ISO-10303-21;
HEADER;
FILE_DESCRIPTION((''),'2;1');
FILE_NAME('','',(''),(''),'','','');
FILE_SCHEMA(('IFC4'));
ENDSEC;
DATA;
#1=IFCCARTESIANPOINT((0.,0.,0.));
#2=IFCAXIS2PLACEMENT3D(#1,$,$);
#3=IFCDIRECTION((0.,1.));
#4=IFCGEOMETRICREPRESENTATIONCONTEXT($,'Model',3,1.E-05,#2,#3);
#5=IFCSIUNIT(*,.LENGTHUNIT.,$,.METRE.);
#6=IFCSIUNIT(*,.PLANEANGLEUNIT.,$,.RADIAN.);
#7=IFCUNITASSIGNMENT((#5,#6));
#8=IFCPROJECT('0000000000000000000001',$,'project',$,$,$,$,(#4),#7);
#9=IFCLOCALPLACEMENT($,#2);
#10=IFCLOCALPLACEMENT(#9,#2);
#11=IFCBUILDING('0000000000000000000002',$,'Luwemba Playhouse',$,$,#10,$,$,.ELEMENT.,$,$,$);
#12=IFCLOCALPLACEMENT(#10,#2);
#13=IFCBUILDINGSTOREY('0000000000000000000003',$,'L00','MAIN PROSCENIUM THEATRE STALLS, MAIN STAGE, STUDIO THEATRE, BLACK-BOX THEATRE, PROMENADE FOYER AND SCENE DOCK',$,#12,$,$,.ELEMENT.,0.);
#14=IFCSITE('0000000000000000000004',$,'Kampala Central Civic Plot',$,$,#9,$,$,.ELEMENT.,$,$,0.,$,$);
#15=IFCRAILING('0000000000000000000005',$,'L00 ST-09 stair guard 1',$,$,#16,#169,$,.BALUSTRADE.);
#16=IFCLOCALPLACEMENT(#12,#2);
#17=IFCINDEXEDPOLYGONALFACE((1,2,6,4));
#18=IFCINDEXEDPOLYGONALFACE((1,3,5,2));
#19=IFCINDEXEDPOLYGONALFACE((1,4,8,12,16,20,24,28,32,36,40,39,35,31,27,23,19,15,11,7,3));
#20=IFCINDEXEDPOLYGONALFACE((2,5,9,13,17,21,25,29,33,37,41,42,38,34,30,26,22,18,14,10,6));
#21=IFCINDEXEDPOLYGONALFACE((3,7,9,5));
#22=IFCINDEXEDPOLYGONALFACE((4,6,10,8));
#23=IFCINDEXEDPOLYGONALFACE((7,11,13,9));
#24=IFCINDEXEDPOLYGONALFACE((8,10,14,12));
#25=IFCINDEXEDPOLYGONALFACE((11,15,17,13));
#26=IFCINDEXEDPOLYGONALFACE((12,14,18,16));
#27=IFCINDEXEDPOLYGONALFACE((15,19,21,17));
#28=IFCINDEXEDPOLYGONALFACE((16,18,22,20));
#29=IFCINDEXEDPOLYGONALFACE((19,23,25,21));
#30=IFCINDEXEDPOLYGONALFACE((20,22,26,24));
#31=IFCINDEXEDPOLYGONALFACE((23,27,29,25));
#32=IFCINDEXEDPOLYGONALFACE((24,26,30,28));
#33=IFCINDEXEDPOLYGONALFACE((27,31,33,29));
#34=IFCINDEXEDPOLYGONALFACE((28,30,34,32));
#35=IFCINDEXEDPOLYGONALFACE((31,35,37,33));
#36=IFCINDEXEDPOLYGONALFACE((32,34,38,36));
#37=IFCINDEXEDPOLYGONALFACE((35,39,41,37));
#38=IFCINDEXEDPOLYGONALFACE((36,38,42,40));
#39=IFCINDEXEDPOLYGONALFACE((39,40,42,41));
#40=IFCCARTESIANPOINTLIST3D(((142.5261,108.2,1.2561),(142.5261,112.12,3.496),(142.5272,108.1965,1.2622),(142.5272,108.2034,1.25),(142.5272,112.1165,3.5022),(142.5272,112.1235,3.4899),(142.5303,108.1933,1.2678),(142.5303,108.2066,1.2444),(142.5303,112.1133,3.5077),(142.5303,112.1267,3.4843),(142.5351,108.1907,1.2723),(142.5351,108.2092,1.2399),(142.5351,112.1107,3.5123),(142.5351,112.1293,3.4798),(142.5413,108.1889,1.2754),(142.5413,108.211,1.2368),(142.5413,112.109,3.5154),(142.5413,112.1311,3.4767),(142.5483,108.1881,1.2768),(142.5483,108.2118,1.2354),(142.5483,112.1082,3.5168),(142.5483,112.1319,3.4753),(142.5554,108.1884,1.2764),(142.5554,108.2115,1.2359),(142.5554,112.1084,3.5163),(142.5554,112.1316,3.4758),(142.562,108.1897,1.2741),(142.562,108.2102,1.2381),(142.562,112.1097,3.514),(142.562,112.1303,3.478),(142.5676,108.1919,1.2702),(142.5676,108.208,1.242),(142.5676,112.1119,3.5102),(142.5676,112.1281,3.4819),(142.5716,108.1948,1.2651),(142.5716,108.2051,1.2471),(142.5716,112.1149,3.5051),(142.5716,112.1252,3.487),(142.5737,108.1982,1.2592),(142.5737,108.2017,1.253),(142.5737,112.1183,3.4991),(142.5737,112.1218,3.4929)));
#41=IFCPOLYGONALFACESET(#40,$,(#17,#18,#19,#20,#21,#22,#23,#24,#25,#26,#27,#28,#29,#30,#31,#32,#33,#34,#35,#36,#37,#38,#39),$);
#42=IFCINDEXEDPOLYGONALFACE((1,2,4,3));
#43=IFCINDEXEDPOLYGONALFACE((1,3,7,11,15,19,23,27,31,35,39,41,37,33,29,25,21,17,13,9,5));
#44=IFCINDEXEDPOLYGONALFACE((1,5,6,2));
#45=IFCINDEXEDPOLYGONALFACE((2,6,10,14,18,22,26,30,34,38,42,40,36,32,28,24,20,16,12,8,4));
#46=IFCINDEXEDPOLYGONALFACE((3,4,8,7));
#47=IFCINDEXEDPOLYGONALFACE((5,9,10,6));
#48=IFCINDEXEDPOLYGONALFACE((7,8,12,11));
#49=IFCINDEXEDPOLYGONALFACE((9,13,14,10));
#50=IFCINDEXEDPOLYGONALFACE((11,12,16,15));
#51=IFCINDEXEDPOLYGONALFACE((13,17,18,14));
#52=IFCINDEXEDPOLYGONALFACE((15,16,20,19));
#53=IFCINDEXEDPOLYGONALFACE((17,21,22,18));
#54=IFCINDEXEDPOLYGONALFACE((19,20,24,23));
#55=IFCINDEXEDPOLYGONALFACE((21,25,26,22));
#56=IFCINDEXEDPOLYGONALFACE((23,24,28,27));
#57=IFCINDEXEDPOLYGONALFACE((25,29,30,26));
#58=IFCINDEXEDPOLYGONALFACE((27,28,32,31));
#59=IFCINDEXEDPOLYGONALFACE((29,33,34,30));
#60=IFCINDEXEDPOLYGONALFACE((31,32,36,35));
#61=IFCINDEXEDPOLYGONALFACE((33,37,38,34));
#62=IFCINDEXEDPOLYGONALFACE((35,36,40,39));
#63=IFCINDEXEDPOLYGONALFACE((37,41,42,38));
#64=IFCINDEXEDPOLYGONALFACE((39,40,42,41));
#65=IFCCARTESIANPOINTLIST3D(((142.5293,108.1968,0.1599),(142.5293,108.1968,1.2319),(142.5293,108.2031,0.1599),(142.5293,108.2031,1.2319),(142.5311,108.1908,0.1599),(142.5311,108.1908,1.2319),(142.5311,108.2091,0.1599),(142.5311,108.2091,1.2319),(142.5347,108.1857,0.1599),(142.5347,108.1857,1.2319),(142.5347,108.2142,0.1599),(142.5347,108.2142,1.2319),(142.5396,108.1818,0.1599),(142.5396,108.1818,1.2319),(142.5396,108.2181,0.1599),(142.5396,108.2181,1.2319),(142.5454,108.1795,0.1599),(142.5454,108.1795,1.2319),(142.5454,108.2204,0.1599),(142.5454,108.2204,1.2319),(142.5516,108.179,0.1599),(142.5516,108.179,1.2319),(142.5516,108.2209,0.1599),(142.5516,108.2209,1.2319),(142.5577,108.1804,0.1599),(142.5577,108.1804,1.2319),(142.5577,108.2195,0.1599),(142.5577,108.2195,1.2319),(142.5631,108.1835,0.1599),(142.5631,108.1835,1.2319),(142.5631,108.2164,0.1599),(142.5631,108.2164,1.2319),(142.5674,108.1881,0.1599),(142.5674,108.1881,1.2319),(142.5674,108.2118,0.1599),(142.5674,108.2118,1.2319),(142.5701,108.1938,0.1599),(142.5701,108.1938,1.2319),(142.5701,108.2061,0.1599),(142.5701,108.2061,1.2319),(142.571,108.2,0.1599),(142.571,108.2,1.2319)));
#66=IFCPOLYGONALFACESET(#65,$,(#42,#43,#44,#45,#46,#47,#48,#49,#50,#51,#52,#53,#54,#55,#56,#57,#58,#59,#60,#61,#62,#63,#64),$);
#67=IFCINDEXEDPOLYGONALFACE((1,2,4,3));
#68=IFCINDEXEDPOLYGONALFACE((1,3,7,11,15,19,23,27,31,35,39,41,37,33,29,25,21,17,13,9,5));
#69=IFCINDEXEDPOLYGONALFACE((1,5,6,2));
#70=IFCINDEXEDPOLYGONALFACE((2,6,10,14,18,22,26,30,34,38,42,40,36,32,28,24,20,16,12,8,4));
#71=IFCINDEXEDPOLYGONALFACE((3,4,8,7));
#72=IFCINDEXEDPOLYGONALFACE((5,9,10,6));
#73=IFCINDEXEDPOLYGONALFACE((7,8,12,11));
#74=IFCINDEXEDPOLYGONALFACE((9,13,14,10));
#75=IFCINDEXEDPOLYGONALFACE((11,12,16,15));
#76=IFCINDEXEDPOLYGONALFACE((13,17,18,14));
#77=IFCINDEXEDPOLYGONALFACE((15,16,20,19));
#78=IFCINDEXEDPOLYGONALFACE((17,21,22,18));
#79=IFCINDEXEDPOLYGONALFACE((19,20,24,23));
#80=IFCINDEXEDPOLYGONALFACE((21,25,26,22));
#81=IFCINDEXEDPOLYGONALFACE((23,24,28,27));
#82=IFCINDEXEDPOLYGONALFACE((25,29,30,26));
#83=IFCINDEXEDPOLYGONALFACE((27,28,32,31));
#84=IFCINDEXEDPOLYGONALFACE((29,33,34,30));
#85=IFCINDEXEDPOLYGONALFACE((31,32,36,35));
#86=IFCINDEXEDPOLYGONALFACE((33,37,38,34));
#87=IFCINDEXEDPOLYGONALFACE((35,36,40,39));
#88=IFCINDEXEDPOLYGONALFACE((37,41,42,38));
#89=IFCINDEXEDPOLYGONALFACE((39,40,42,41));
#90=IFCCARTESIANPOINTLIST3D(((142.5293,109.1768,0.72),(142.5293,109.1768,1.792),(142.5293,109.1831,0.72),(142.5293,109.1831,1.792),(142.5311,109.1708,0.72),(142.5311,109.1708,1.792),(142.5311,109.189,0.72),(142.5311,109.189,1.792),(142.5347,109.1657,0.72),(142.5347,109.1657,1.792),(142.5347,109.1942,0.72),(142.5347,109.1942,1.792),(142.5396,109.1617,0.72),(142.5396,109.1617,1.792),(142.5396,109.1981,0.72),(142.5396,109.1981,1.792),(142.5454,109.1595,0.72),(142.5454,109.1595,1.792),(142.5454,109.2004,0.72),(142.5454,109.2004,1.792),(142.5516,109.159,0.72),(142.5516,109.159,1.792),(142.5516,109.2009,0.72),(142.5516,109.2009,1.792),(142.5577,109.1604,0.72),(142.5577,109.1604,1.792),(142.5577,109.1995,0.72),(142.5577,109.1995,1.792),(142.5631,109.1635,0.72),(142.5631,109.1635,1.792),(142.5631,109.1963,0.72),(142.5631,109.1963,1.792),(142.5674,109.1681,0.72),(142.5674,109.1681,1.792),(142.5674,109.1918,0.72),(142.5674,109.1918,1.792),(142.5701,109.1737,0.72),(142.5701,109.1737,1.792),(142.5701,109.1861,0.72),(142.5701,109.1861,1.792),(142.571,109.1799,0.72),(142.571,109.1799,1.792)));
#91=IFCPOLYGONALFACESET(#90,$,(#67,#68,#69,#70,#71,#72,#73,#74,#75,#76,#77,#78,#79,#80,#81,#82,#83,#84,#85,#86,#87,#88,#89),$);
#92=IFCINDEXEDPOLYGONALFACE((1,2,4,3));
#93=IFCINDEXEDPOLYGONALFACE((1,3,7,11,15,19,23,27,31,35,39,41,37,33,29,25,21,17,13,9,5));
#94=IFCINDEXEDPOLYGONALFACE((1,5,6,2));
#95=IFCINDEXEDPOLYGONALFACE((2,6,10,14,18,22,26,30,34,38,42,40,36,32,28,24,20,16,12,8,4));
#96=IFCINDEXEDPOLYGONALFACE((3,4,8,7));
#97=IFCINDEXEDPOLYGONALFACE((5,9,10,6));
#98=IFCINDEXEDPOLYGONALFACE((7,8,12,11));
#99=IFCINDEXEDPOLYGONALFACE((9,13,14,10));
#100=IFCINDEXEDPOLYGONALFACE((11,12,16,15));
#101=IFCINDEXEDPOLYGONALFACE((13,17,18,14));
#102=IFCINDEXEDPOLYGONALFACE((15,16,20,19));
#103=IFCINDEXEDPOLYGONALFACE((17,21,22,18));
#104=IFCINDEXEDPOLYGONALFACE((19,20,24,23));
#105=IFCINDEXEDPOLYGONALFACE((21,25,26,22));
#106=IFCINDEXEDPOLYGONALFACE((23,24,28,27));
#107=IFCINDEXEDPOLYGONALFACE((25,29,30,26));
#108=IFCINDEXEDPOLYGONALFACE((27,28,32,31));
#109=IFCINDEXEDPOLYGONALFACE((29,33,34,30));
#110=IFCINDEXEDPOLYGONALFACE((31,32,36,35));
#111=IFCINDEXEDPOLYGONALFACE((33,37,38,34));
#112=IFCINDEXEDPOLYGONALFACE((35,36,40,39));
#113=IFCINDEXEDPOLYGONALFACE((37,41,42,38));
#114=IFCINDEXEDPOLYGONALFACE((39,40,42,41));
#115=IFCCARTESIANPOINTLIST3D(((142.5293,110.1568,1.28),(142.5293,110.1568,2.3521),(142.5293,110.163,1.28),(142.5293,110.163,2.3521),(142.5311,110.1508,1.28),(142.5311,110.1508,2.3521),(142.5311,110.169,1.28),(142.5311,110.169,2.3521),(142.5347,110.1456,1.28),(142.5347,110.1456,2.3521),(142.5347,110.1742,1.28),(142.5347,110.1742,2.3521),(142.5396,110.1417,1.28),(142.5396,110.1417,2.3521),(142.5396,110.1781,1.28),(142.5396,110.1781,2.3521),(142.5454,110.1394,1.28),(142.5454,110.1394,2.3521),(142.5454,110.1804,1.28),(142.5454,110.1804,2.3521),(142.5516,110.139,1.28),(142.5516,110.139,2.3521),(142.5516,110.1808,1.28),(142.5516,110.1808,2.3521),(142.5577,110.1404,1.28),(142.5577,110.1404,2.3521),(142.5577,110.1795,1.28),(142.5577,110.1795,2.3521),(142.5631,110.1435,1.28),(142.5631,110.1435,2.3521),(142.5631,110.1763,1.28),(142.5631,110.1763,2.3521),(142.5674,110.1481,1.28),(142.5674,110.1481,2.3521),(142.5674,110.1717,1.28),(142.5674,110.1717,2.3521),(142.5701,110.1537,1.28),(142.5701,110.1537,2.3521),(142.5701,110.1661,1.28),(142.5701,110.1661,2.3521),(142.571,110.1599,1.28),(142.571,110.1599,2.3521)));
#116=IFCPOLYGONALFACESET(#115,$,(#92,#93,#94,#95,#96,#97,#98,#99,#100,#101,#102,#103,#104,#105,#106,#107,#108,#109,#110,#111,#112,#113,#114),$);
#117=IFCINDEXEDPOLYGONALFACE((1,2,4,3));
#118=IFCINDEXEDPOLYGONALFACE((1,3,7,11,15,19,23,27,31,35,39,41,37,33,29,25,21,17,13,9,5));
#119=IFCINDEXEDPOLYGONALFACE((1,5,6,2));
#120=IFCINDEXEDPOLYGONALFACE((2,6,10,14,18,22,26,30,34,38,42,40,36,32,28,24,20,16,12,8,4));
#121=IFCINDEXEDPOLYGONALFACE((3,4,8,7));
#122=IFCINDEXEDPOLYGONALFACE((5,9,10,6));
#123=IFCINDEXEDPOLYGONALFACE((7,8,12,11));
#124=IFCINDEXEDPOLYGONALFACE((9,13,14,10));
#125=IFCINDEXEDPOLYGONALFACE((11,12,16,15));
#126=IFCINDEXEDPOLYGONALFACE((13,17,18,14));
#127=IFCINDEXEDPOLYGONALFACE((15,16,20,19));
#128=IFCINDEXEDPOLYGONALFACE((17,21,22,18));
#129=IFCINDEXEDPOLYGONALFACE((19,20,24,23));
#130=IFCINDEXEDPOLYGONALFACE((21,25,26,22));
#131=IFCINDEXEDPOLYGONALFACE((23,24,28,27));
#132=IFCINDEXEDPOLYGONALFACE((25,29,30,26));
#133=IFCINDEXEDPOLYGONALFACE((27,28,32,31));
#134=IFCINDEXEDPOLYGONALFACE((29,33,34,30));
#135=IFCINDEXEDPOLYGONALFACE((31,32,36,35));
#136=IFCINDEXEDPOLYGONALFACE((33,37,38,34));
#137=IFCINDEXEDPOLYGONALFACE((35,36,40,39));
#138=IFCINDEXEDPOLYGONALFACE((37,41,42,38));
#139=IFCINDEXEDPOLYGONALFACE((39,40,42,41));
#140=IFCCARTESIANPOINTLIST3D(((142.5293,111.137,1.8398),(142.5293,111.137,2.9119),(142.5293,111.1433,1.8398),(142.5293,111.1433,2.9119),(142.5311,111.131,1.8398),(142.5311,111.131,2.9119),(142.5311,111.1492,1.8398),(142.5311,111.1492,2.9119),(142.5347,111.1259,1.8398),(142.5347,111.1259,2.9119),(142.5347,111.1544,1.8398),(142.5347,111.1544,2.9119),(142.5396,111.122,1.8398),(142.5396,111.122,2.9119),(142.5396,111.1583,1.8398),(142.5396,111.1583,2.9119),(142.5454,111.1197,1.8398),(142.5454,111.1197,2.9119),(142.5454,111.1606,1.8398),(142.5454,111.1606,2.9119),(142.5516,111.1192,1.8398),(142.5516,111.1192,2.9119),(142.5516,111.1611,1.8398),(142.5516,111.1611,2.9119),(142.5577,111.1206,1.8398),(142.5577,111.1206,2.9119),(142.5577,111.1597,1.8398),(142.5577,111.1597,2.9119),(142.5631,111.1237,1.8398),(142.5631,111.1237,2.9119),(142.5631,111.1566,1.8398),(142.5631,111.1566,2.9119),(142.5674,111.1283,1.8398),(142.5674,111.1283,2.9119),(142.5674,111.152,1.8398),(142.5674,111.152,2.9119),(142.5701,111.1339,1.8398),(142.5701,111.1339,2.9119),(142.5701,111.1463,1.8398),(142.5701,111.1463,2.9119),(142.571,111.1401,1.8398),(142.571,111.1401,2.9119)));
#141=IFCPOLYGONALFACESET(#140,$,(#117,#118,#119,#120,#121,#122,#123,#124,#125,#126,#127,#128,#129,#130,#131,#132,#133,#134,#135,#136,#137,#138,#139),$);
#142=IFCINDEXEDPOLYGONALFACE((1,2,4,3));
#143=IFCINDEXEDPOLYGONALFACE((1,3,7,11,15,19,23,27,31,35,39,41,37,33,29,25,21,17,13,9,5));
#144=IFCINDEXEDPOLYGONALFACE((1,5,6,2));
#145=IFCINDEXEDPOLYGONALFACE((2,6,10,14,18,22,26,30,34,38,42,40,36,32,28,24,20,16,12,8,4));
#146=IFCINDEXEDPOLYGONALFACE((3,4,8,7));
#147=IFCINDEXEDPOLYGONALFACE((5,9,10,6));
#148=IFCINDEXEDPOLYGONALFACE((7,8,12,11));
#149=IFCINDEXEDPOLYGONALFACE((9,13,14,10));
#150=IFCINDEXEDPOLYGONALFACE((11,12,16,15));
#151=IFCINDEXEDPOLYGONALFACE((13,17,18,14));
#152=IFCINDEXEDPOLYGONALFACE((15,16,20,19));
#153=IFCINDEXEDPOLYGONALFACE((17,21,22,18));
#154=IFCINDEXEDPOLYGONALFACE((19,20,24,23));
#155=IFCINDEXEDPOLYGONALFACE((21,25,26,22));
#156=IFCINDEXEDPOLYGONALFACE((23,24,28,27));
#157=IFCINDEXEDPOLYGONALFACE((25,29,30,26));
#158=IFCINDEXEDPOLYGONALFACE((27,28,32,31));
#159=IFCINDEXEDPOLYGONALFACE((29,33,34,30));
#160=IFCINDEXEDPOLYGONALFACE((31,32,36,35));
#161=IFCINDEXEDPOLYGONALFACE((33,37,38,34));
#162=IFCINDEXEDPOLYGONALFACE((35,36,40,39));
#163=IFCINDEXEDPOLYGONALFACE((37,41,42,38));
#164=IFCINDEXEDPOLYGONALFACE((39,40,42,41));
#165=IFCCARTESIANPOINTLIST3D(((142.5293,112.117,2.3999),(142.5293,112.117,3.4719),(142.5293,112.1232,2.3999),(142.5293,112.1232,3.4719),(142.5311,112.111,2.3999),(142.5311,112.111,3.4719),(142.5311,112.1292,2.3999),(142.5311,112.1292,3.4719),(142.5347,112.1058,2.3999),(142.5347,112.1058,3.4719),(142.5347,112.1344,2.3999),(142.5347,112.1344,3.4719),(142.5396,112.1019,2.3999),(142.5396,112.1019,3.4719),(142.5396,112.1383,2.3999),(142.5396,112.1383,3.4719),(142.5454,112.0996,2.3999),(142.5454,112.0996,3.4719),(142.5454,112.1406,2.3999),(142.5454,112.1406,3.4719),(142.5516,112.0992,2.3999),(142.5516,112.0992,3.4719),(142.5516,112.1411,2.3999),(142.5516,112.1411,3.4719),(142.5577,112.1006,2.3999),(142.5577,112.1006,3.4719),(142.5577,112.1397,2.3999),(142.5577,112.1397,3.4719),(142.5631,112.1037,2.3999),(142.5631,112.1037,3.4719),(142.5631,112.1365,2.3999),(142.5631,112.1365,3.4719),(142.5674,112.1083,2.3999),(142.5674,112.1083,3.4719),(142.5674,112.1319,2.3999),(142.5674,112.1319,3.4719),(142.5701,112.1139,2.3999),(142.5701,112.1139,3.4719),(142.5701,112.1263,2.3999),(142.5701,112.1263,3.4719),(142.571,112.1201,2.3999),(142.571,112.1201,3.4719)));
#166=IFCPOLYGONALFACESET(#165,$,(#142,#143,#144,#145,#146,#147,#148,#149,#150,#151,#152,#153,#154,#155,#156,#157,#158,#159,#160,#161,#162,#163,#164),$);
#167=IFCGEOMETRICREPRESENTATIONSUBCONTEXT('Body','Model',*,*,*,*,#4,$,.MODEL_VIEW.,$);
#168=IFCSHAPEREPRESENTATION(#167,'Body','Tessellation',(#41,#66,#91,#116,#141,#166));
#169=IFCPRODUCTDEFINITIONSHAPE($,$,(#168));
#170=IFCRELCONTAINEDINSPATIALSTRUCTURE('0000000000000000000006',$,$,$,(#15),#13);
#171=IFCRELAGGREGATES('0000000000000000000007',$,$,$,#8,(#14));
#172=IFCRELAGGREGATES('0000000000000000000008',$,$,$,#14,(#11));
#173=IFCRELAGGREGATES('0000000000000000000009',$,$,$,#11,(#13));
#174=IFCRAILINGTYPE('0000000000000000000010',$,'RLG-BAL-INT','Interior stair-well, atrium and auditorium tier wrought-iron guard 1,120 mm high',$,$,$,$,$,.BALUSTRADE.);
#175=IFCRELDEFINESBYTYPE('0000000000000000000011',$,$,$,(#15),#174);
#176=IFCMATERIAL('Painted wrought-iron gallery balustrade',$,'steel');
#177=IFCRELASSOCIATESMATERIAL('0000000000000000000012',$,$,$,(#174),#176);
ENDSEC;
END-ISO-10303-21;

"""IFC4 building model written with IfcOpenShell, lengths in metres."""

from ifc_helpers import new_model, si_unit, direction, frame, origin, origin_2d, place, context, subcontext, project, spatial, circle, extrude, material, type_object, element, save


model = new_model("IFC4")

# Units and contexts
model_context = context("Model", 3, precision=1e-05, world=origin(), true_north=direction((0.0, 1.0)))
body_context = subcontext(model_context, "Body", "Model", "MODEL_VIEW")
ifc_project = project(units=[si_unit("LENGTHUNIT", "METRE"), si_unit("PLANEANGLEUNIT", "RADIAN")], contexts=[model_context])

# Site, building, storey
site_placement = place(None, origin())
site = spatial("IfcSite", under=ifc_project, at=site_placement, Name="Kampala Central Civic Plot", CompositionType="ELEMENT", RefElevation=0.0)
building_placement = place(site_placement, origin())
building = spatial("IfcBuilding", under=site, at=building_placement, Name="Luwemba Playhouse", CompositionType="ELEMENT")
storey_placement = place(building_placement, origin())
storey = spatial("IfcBuildingStorey", under=building, at=storey_placement, Name="L00", Description="MAIN PROSCENIUM THEATRE STALLS, MAIN STAGE, STUDIO THEATRE, BLACK-BOX THEATRE, PROMENADE FOYER AND SCENE DOCK", CompositionType="ELEMENT", Elevation=0.0)

# Railing
ifc_material_1 = material(Name="Painted wrought-iron gallery balustrade", Category="steel")
railing_type_1 = type_object("IfcRailingType", Name="RLG-BAL-INT", Description="Interior stair-well, atrium and auditorium tier wrought-iron guard 1,120 mm high", PredefinedType="BALUSTRADE", material=ifc_material_1)
railing_1_placement = place(storey_placement, frame((142.55, 108.2, 0.1599)))
element("IfcRailing", 1, at=railing_1_placement, inside=storey, type_object=railing_type_1, Name="L00 ST-09 stair guard 1", PredefinedType="BALUSTRADE", context=body_context, shape_type="SweptSolid", body=[
    extrude(circle(Radius=0.0239, at=origin_2d()), frame((0.0, 0.0, 1.0962), z_axis=(0.0, 0.868253, 0.496121), x_axis=(-1.0, 0.0, 0.0)), (0.0, 0.0, 1.0), 4.5149),
    extrude(circle(Radius=0.021, at=origin_2d()), origin(), (0.0, 0.0, 1.0), 1.072),
    extrude(circle(Radius=0.021, at=origin_2d()), frame((0.0, 0.98, 0.5601)), (0.0, 0.0, 1.0), 1.072),
    extrude(circle(Radius=0.021, at=origin_2d()), frame((0.0, 1.96, 1.1201)), (0.0, 0.0, 1.0), 1.072),
    extrude(circle(Radius=0.021, at=origin_2d()), frame((0.0, 2.9402, 1.6799)), (0.0, 0.0, 1.0), 1.072),
    extrude(circle(Radius=0.021, at=origin_2d()), frame((0.0, 3.9202, 2.24)), (0.0, 0.0, 1.0), 1.072),
])

save(model, "model.ifc")
